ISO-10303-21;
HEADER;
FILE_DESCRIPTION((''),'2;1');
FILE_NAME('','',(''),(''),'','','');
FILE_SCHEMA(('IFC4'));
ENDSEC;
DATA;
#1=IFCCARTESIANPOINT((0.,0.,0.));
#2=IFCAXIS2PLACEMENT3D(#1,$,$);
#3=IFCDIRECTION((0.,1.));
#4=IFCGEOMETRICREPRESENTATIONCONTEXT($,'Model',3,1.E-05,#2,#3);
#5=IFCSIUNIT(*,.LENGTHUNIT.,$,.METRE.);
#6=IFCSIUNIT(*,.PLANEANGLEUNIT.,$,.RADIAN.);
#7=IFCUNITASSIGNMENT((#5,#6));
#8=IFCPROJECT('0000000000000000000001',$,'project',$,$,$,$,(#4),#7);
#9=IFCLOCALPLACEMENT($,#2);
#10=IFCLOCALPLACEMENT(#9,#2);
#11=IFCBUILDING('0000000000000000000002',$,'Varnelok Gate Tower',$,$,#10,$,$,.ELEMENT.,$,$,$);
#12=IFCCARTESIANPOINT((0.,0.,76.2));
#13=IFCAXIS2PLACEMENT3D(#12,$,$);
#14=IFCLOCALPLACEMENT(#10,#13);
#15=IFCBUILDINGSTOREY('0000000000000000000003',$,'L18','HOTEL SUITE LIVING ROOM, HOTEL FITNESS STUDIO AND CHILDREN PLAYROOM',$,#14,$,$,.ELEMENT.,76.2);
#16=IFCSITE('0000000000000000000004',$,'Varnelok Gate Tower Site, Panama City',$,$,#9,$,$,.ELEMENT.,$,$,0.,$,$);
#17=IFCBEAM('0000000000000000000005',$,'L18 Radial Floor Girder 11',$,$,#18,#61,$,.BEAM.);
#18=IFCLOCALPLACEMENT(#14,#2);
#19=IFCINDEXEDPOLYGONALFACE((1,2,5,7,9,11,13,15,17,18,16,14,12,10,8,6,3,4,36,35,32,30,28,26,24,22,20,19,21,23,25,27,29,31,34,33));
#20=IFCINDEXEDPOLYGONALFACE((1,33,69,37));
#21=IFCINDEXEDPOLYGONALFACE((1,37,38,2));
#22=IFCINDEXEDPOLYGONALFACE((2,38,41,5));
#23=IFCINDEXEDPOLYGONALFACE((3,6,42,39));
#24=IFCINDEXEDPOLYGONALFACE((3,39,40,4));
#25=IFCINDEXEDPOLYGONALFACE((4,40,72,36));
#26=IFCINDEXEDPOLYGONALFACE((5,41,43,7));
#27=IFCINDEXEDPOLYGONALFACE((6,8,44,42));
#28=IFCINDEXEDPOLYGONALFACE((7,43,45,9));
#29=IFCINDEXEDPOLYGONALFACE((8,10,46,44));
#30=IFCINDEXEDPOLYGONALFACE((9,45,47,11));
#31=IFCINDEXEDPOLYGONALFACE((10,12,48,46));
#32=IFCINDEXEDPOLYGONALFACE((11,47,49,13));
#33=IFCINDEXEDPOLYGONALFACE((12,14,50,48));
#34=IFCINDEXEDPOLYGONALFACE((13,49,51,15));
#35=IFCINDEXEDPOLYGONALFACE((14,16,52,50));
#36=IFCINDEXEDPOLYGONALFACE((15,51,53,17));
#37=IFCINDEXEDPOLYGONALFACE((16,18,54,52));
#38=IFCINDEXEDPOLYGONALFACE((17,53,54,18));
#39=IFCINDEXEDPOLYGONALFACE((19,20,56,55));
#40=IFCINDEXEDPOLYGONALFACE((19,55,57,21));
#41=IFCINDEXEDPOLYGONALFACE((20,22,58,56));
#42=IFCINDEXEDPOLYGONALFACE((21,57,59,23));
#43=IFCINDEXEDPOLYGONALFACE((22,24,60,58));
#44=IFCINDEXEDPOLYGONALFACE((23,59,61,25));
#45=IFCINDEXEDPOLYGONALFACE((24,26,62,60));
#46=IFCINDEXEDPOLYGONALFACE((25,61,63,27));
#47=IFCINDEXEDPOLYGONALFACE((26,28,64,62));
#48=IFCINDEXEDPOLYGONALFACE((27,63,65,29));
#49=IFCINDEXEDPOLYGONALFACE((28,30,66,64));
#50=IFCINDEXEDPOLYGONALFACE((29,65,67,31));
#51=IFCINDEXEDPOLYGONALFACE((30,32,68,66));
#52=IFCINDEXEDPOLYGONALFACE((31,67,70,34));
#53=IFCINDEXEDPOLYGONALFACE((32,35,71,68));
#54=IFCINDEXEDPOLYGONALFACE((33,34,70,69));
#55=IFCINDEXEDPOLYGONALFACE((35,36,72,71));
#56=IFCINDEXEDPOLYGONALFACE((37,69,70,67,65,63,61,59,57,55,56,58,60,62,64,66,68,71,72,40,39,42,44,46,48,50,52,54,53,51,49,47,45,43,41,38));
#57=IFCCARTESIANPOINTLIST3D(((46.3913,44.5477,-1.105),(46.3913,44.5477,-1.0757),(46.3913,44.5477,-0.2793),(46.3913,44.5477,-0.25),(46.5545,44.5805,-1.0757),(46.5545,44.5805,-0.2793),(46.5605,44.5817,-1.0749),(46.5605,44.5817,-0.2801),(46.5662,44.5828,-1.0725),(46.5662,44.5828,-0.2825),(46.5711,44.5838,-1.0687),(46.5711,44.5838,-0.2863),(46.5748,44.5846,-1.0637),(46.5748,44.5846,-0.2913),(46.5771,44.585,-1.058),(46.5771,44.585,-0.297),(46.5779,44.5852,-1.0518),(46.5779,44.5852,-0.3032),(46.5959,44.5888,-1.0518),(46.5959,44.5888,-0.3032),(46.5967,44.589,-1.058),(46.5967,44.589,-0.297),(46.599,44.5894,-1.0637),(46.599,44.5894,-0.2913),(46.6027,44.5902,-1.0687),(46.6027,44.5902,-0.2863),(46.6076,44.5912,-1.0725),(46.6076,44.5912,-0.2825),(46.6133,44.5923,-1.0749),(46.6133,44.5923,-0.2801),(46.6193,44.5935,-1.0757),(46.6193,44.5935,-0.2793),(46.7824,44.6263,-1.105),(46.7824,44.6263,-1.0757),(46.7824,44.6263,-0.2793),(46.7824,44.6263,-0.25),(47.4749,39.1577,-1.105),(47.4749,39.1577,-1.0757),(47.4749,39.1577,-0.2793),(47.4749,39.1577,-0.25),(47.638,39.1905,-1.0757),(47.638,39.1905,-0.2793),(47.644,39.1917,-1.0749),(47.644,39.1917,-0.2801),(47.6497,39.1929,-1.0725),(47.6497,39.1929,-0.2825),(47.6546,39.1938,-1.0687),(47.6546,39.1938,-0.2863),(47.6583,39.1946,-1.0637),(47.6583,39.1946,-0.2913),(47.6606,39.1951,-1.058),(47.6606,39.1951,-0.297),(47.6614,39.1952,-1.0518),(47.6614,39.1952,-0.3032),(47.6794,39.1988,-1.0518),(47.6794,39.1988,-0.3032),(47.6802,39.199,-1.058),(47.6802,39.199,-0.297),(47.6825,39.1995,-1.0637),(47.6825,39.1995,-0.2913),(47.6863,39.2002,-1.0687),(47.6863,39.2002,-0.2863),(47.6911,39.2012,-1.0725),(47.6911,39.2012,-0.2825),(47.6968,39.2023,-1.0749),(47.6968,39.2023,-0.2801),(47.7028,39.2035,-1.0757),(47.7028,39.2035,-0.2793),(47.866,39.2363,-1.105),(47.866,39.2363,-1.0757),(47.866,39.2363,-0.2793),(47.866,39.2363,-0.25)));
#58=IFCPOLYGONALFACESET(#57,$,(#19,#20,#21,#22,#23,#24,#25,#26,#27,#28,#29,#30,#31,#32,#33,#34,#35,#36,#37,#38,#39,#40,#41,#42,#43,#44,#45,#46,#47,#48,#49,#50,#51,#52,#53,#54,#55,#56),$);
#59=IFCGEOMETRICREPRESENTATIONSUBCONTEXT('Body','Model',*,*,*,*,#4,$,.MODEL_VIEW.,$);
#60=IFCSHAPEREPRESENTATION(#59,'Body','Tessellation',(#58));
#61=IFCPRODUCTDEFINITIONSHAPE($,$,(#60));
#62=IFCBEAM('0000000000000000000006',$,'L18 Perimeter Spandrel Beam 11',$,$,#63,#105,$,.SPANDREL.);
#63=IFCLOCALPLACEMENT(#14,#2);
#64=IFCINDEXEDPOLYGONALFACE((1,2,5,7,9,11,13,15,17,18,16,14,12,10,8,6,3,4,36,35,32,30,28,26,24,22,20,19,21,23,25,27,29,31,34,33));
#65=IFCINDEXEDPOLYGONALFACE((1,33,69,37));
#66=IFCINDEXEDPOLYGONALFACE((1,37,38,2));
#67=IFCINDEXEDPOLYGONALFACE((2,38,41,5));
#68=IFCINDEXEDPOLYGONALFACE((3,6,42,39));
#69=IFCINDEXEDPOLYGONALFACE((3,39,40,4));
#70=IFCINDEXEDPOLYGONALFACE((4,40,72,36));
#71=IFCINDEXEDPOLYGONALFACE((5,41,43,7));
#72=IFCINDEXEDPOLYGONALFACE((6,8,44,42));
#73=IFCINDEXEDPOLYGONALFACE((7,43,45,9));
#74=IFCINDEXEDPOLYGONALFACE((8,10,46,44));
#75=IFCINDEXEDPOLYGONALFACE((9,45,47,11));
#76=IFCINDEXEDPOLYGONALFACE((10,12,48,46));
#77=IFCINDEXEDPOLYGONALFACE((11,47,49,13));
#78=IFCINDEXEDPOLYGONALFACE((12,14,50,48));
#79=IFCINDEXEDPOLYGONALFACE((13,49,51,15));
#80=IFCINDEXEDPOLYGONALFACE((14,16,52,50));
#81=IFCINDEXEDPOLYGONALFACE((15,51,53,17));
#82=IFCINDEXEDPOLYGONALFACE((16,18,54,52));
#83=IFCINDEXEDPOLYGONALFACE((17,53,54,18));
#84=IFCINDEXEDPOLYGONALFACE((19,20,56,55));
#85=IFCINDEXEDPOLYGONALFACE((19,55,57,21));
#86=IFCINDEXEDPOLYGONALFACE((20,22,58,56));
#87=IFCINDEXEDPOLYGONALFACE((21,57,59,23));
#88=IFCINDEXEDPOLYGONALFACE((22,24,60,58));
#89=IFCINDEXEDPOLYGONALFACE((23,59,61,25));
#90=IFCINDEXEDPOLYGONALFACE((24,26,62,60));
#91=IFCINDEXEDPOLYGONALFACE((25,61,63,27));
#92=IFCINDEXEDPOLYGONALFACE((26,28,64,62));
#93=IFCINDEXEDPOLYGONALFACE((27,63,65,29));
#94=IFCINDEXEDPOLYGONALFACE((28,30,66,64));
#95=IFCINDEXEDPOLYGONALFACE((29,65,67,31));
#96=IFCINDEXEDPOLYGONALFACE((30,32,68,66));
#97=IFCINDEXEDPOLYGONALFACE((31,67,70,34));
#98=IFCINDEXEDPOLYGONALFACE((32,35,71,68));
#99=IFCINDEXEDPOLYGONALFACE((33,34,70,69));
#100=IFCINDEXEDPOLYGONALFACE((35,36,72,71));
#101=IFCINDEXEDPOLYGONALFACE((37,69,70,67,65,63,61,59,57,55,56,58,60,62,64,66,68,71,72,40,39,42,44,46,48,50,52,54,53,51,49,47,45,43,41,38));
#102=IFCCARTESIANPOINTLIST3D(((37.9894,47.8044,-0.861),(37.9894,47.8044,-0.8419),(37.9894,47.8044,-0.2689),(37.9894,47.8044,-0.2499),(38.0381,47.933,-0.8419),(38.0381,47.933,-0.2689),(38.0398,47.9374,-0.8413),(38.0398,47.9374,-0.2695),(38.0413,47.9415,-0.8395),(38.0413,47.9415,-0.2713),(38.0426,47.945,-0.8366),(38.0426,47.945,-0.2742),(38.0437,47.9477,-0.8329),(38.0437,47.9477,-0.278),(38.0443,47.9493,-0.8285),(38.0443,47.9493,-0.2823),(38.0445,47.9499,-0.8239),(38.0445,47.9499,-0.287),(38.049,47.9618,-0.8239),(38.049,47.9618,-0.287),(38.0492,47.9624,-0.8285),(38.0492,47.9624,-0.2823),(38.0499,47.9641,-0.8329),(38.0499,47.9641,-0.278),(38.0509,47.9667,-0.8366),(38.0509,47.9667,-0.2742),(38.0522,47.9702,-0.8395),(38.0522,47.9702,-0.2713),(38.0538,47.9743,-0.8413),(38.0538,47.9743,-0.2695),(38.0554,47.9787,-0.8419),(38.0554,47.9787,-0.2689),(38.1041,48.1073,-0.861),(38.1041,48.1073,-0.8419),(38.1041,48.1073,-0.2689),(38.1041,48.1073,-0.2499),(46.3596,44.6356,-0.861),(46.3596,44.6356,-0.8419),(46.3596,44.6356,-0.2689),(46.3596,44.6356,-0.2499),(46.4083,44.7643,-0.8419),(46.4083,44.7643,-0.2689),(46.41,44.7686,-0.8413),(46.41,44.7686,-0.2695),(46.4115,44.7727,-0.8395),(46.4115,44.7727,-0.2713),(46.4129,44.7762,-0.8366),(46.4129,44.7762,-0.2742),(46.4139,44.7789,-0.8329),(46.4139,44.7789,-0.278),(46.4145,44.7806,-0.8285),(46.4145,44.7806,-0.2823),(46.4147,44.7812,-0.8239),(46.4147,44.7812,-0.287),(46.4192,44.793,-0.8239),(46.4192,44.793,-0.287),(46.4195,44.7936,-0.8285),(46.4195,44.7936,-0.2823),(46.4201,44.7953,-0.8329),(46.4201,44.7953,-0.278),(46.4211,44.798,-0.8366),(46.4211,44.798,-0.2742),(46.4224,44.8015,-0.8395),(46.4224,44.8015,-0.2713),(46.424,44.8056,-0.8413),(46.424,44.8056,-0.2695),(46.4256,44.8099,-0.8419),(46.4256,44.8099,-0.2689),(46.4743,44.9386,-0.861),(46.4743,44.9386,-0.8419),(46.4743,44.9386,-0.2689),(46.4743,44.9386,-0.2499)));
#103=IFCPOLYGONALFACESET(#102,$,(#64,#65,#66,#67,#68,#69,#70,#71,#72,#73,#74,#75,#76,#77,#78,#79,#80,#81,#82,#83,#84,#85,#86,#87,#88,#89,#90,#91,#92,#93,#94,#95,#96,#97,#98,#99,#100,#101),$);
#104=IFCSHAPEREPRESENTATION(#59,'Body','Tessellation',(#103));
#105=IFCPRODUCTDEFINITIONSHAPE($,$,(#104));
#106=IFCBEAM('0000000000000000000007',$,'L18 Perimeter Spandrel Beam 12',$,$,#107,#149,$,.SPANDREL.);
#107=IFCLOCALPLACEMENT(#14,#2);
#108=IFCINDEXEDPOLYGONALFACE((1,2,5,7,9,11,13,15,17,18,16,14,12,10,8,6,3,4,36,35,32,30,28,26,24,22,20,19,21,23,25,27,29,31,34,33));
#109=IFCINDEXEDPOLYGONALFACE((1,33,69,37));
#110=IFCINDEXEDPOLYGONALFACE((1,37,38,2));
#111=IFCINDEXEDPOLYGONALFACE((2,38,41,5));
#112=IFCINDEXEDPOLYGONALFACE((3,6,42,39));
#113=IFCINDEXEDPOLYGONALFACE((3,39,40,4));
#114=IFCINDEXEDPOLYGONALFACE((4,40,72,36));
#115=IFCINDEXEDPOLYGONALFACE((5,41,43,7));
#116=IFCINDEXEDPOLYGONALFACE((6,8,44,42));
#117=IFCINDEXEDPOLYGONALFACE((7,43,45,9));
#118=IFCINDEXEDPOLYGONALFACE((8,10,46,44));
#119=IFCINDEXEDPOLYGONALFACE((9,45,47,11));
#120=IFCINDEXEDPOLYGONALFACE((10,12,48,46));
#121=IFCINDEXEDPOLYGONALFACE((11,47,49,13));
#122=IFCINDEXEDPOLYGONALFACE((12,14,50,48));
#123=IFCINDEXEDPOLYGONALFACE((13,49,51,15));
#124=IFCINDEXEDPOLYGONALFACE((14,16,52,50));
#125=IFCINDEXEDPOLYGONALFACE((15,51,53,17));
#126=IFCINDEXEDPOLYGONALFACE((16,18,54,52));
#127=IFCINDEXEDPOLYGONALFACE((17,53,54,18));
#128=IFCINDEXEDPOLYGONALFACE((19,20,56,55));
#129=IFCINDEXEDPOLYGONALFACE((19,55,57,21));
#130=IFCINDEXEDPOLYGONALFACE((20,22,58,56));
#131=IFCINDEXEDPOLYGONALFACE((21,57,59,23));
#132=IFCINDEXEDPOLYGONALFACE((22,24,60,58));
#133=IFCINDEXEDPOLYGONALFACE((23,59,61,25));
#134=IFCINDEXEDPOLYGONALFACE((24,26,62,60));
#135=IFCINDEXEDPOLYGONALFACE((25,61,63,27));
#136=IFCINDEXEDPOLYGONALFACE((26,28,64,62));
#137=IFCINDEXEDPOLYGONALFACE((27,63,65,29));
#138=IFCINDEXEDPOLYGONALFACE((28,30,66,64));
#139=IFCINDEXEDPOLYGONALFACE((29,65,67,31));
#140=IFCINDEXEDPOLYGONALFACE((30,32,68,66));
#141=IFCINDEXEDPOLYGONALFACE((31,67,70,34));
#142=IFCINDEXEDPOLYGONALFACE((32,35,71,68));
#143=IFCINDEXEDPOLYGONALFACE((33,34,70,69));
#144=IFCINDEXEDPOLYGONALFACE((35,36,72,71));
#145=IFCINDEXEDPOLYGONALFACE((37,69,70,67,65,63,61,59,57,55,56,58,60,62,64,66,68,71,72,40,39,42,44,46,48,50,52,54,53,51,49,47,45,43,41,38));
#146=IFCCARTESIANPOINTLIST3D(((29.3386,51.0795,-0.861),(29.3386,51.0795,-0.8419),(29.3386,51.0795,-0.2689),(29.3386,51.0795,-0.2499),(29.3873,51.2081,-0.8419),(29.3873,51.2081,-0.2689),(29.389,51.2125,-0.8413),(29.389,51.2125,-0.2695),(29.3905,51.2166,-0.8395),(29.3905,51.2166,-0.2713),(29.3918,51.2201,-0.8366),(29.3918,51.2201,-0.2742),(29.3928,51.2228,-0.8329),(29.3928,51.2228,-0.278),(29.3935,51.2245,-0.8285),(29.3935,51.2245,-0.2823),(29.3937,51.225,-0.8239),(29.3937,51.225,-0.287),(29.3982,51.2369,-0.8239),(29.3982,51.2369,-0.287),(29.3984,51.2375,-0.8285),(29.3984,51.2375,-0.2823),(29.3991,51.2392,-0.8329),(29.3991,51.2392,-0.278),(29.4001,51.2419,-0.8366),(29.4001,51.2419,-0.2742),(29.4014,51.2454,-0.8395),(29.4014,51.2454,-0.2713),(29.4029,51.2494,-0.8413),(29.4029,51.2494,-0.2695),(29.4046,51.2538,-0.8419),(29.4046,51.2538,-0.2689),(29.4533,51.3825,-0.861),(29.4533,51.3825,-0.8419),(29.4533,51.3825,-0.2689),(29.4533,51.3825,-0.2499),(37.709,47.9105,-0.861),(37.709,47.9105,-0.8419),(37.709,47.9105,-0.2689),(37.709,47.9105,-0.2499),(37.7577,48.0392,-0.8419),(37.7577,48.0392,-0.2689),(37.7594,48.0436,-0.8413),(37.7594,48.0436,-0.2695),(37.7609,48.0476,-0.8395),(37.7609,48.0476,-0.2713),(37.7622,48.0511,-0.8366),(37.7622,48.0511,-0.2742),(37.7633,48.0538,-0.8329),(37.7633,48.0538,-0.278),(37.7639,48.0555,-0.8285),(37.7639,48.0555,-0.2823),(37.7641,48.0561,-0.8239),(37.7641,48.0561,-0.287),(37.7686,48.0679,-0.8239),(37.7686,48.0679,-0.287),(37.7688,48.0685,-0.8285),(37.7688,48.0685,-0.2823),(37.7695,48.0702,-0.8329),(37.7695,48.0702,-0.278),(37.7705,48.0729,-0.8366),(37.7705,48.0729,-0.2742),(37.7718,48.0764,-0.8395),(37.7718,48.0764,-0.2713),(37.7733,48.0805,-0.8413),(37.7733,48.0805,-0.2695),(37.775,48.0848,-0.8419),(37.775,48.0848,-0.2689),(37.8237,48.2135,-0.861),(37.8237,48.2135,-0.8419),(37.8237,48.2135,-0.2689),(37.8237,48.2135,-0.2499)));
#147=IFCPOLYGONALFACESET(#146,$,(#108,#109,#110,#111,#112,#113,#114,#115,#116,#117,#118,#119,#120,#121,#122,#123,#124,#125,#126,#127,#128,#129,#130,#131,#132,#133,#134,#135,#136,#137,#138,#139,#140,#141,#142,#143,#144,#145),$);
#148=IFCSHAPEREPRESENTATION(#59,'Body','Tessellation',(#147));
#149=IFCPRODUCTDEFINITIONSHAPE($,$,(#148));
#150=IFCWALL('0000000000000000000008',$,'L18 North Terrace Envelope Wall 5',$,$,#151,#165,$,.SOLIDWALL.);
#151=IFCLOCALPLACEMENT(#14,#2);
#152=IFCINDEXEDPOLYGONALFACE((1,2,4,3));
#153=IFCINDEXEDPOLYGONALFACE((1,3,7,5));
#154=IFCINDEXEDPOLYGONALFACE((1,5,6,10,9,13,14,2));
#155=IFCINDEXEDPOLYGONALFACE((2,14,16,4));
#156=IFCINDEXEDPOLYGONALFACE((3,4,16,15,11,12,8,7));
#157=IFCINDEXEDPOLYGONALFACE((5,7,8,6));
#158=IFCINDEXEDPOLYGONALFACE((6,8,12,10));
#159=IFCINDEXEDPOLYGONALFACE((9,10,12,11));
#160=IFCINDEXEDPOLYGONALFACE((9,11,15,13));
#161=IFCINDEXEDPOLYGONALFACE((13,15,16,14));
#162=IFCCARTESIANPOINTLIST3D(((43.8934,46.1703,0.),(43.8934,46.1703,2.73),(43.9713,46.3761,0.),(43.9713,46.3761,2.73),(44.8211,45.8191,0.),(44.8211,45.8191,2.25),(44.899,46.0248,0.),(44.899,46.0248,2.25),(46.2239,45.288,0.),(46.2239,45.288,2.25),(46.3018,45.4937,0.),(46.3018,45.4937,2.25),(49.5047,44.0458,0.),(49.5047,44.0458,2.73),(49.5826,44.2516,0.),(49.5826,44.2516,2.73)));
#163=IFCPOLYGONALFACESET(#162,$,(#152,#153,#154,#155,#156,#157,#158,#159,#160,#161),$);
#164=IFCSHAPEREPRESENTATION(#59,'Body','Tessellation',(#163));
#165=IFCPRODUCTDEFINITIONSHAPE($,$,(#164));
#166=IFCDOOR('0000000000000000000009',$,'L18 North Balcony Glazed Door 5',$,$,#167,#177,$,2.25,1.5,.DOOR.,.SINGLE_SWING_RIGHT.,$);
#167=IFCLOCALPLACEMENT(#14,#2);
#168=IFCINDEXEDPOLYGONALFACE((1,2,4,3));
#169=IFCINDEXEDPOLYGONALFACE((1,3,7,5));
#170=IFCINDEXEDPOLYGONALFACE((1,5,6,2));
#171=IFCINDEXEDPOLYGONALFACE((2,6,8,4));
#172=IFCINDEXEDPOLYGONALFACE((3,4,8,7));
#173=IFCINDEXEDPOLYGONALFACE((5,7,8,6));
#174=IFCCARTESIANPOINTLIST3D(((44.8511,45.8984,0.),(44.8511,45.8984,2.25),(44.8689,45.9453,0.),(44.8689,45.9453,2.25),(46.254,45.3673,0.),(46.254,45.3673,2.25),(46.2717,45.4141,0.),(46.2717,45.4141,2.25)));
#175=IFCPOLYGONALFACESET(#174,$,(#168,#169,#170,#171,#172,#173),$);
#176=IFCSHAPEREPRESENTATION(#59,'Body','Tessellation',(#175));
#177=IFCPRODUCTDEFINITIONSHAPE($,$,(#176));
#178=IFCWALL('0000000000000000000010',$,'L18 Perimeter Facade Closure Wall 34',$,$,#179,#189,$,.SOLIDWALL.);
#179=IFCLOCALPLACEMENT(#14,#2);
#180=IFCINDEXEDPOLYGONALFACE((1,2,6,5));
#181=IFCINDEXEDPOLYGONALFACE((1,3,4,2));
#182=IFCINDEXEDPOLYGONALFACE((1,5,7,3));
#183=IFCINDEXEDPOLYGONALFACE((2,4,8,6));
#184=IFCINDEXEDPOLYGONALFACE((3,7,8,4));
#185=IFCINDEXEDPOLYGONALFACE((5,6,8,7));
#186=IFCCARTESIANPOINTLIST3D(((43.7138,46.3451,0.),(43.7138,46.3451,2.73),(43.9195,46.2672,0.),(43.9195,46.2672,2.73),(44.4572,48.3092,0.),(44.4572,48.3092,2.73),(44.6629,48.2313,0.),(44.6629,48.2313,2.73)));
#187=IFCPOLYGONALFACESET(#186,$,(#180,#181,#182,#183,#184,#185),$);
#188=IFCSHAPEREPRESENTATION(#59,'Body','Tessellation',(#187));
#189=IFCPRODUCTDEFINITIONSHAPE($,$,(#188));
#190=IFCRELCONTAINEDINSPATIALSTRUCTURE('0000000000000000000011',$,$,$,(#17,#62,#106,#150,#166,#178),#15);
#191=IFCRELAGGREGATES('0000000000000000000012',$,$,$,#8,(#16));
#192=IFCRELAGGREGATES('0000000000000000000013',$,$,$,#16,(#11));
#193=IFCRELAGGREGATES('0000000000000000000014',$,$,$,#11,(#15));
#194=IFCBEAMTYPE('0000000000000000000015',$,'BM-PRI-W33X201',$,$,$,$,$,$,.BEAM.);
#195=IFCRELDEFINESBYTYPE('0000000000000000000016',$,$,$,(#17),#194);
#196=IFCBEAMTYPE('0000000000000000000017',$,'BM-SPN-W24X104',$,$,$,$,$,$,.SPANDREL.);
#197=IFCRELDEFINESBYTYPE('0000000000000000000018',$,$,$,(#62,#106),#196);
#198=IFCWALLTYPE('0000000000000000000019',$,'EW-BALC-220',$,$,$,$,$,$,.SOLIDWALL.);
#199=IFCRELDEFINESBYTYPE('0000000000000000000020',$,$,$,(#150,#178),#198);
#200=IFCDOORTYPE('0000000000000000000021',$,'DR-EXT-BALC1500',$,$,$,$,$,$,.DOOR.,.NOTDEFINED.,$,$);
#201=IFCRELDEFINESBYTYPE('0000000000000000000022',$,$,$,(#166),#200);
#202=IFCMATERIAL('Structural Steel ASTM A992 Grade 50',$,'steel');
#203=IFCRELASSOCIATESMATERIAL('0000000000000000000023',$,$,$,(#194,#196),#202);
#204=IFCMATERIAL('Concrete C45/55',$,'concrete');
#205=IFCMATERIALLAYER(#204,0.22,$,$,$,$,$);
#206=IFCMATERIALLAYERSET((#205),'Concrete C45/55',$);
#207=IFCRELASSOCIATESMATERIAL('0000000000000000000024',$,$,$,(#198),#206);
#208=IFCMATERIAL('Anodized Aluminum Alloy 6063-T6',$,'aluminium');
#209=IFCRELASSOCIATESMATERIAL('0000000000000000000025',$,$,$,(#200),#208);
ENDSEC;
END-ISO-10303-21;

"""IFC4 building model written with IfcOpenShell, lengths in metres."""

from ifc_helpers import new_model, si_unit, direction, frame, frame_2d, origin, origin_2d, place, context, subcontext, project, spatial, rectangle, i_section, extrude, material, layer, layer_set, material_profile, profile_set, type_object, element, fill, save


model = new_model("IFC4")

# Units and contexts
model_context = context("Model", 3, precision=1e-05, world=origin(), true_north=direction((0.0, 1.0)))
body_context = subcontext(model_context, "Body", "Model", "MODEL_VIEW")
ifc_project = project(units=[si_unit("LENGTHUNIT", "METRE"), si_unit("PLANEANGLEUNIT", "RADIAN")], contexts=[model_context])

# Site, building, storey
site_placement = place(None, origin())
site = spatial("IfcSite", under=ifc_project, at=site_placement, Name="Varnelok Gate Tower Site, Panama City", CompositionType="ELEMENT", RefElevation=0.0)
building_placement = place(site_placement, origin())
building = spatial("IfcBuilding", under=site, at=building_placement, Name="Varnelok Gate Tower", CompositionType="ELEMENT")
storey_placement = place(building_placement, frame((0.0, 0.0, 76.2)))
storey = spatial("IfcBuildingStorey", under=building, at=storey_placement, Name="L18", Description="HOTEL SUITE LIVING ROOM, HOTEL FITNESS STUDIO AND CHILDREN PLAYROOM", CompositionType="ELEMENT", Elevation=76.2)

# Shared definitions
ifc_material_1 = material(Name="Structural Steel ASTM A992 Grade 50", Category="steel")

# Beams
ifc_material_profile_1 = material_profile(ifc_material_1, i_section(OverallWidth=0.3989, OverallDepth=0.855, WebThickness=0.0183, FlangeThickness=0.0293, FilletRadius=0.0239, at=origin_2d()), Name="W33X201")
ifc_profile_set_1 = profile_set([ifc_material_profile_1], Name="Structural Steel ASTM A992 Grade 50")
beam_type_1 = type_object("IfcBeamType", Name="BM-PRI-W33X201", PredefinedType="BEAM", material=ifc_profile_set_1)
beam_1_placement = place(storey_placement, frame((47.6704, 39.197, -0.6775), z_axis=(-0.197081, 0.980387, 0.0), x_axis=(-0.980387, -0.197081, 0.0)))
element("IfcBeam", 1, at=beam_1_placement, inside=storey, type_object=beam_type_1, Name="L18 Radial Floor Girder 11", PredefinedType="BEAM", context=body_context, shape_type="SweptSolid", body=[
    extrude(i_section(OverallWidth=0.3989, OverallDepth=0.855, WebThickness=0.0183, FlangeThickness=0.0293, FilletRadius=0.0239, at=origin_2d()), origin(), (0.0, 0.0, 1.0), 5.4978),
])
ifc_material_profile_2 = material_profile(ifc_material_1, i_section(OverallWidth=0.324, OverallDepth=0.6111, WebThickness=0.0127, FlangeThickness=0.019, FilletRadius=0.0181, at=origin_2d()), Name="W24X104")
ifc_profile_set_2 = profile_set([ifc_material_profile_2], Name="Structural Steel ASTM A992 Grade 50")
beam_type_2 = type_object("IfcBeamType", Name="BM-SPN-W24X104", PredefinedType="SPANDREL", material=ifc_profile_set_2)
beam_2_placement = place(storey_placement, frame((46.417, 44.7871, -0.5554), z_axis=(-0.935226, 0.354051, 0.0), x_axis=(-0.354051, -0.935226, 0.0)))
element("IfcBeam", 2, at=beam_2_placement, inside=storey, type_object=beam_type_2, Name="L18 Perimeter Spandrel Beam 11", PredefinedType="SPANDREL", context=body_context, shape_type="SweptSolid", body=[
    extrude(i_section(OverallWidth=0.324, OverallDepth=0.6111, WebThickness=0.0127, FlangeThickness=0.019, FilletRadius=0.0181, at=origin_2d()), origin(), (0.0, 0.0, 1.0), 8.95),
])
beam_3_placement = place(storey_placement, frame((37.7664, 48.062, -0.5554), z_axis=(-0.93522, 0.354066, 0.0), x_axis=(-0.354066, -0.93522, 0.0)))
element("IfcBeam", 3, at=beam_3_placement, inside=storey, type_object=beam_type_2, Name="L18 Perimeter Spandrel Beam 12", PredefinedType="SPANDREL", context=body_context, shape_type="SweptSolid", body=[
    extrude(i_section(OverallWidth=0.324, OverallDepth=0.6111, WebThickness=0.0127, FlangeThickness=0.019, FilletRadius=0.0181, at=origin_2d()), origin(), (0.0, 0.0, 1.0), 8.9502),
])

# Wall, opening, door
ifc_material_2 = material(Name="Concrete C45/55", Category="concrete")
ifc_layer_1 = layer(ifc_material_2, 0.22)
ifc_layer_set_1 = layer_set([ifc_layer_1], Name="Concrete C45/55")
wall_type_1 = type_object("IfcWallType", Name="EW-BALC-220", PredefinedType="SOLIDWALL", material=ifc_layer_set_1)
wall_1_placement = place(storey_placement, frame((43.9324, 46.2732, 0.0), z_axis=(0.0, 0.0, 1.0), x_axis=(0.935214, -0.354083, 0.0)))
wall_1 = element("IfcWall", 4, at=wall_1_placement, inside=storey, type_object=wall_type_1, Name="L18 North Terrace Envelope Wall 5", PredefinedType="SOLIDWALL", context=body_context, shape_type="SweptSolid", body=[
    extrude(rectangle(XDim=6.0, YDim=0.22, at=frame_2d((3.0, 0.0))), origin(), (0.0, 0.0, 1.0), 2.73),
])
opening_1_placement = place(wall_1_placement, frame((0.9919, 0.0, 0.0)))
opening_1 = element("IfcOpeningElement", 5, at=opening_1_placement, cuts=wall_1, PredefinedType="OPENING", context=body_context, shape_type="SweptSolid", body=[
    extrude(rectangle(XDim=1.5, YDim=2.25, at=frame_2d((0.75, 1.125))), frame((0.0, 0.1199, 0.0), z_axis=(0.0, -1.0, 0.0), x_axis=(1.0, 0.0, 0.0)), (0.0, 0.0, 1.0), 0.24),
])
ifc_material_3 = material(Name="Anodized Aluminum Alloy 6063-T6", Category="aluminium")
door_type_1 = type_object("IfcDoorType", Name="DR-EXT-BALC1500", OperationType="NOTDEFINED", PredefinedType="DOOR", material=ifc_material_3)
door_1_placement = place(opening_1_placement, origin())
door_1 = element("IfcDoor", 6, at=door_1_placement, inside=storey, type_object=door_type_1, Name="L18 North Balcony Glazed Door 5", OperationType="SINGLE_SWING_RIGHT", OverallHeight=2.25, OverallWidth=1.5, PredefinedType="DOOR", context=body_context, shape_type="SweptSolid", body=[
    extrude(rectangle(XDim=1.5, YDim=2.25, at=frame_2d((0.75, 1.125))), frame((0.0, 0.0249, 0.0), z_axis=(0.0, -1.0, 0.0), x_axis=(1.0, 0.0, 0.0)), (0.0, 0.0, 1.0), 0.05),
])
fill(opening_1, door_1)

# Wall
wall_2_placement = place(storey_placement, frame((43.8167, 46.3062, 0.0), z_axis=(0.0, 0.0, 1.0), x_axis=(0.353988, 0.93525, 0.0)))
element("IfcWall", 7, at=wall_2_placement, inside=storey, type_object=wall_type_1, Name="L18 Perimeter Facade Closure Wall 34", PredefinedType="SOLIDWALL", context=body_context, shape_type="SweptSolid", body=[
    extrude(rectangle(XDim=2.1001, YDim=0.22, at=frame_2d((1.05, 0.0))), origin(), (0.0, 0.0, 1.0), 2.73),
])

save(model, "model.ifc")
